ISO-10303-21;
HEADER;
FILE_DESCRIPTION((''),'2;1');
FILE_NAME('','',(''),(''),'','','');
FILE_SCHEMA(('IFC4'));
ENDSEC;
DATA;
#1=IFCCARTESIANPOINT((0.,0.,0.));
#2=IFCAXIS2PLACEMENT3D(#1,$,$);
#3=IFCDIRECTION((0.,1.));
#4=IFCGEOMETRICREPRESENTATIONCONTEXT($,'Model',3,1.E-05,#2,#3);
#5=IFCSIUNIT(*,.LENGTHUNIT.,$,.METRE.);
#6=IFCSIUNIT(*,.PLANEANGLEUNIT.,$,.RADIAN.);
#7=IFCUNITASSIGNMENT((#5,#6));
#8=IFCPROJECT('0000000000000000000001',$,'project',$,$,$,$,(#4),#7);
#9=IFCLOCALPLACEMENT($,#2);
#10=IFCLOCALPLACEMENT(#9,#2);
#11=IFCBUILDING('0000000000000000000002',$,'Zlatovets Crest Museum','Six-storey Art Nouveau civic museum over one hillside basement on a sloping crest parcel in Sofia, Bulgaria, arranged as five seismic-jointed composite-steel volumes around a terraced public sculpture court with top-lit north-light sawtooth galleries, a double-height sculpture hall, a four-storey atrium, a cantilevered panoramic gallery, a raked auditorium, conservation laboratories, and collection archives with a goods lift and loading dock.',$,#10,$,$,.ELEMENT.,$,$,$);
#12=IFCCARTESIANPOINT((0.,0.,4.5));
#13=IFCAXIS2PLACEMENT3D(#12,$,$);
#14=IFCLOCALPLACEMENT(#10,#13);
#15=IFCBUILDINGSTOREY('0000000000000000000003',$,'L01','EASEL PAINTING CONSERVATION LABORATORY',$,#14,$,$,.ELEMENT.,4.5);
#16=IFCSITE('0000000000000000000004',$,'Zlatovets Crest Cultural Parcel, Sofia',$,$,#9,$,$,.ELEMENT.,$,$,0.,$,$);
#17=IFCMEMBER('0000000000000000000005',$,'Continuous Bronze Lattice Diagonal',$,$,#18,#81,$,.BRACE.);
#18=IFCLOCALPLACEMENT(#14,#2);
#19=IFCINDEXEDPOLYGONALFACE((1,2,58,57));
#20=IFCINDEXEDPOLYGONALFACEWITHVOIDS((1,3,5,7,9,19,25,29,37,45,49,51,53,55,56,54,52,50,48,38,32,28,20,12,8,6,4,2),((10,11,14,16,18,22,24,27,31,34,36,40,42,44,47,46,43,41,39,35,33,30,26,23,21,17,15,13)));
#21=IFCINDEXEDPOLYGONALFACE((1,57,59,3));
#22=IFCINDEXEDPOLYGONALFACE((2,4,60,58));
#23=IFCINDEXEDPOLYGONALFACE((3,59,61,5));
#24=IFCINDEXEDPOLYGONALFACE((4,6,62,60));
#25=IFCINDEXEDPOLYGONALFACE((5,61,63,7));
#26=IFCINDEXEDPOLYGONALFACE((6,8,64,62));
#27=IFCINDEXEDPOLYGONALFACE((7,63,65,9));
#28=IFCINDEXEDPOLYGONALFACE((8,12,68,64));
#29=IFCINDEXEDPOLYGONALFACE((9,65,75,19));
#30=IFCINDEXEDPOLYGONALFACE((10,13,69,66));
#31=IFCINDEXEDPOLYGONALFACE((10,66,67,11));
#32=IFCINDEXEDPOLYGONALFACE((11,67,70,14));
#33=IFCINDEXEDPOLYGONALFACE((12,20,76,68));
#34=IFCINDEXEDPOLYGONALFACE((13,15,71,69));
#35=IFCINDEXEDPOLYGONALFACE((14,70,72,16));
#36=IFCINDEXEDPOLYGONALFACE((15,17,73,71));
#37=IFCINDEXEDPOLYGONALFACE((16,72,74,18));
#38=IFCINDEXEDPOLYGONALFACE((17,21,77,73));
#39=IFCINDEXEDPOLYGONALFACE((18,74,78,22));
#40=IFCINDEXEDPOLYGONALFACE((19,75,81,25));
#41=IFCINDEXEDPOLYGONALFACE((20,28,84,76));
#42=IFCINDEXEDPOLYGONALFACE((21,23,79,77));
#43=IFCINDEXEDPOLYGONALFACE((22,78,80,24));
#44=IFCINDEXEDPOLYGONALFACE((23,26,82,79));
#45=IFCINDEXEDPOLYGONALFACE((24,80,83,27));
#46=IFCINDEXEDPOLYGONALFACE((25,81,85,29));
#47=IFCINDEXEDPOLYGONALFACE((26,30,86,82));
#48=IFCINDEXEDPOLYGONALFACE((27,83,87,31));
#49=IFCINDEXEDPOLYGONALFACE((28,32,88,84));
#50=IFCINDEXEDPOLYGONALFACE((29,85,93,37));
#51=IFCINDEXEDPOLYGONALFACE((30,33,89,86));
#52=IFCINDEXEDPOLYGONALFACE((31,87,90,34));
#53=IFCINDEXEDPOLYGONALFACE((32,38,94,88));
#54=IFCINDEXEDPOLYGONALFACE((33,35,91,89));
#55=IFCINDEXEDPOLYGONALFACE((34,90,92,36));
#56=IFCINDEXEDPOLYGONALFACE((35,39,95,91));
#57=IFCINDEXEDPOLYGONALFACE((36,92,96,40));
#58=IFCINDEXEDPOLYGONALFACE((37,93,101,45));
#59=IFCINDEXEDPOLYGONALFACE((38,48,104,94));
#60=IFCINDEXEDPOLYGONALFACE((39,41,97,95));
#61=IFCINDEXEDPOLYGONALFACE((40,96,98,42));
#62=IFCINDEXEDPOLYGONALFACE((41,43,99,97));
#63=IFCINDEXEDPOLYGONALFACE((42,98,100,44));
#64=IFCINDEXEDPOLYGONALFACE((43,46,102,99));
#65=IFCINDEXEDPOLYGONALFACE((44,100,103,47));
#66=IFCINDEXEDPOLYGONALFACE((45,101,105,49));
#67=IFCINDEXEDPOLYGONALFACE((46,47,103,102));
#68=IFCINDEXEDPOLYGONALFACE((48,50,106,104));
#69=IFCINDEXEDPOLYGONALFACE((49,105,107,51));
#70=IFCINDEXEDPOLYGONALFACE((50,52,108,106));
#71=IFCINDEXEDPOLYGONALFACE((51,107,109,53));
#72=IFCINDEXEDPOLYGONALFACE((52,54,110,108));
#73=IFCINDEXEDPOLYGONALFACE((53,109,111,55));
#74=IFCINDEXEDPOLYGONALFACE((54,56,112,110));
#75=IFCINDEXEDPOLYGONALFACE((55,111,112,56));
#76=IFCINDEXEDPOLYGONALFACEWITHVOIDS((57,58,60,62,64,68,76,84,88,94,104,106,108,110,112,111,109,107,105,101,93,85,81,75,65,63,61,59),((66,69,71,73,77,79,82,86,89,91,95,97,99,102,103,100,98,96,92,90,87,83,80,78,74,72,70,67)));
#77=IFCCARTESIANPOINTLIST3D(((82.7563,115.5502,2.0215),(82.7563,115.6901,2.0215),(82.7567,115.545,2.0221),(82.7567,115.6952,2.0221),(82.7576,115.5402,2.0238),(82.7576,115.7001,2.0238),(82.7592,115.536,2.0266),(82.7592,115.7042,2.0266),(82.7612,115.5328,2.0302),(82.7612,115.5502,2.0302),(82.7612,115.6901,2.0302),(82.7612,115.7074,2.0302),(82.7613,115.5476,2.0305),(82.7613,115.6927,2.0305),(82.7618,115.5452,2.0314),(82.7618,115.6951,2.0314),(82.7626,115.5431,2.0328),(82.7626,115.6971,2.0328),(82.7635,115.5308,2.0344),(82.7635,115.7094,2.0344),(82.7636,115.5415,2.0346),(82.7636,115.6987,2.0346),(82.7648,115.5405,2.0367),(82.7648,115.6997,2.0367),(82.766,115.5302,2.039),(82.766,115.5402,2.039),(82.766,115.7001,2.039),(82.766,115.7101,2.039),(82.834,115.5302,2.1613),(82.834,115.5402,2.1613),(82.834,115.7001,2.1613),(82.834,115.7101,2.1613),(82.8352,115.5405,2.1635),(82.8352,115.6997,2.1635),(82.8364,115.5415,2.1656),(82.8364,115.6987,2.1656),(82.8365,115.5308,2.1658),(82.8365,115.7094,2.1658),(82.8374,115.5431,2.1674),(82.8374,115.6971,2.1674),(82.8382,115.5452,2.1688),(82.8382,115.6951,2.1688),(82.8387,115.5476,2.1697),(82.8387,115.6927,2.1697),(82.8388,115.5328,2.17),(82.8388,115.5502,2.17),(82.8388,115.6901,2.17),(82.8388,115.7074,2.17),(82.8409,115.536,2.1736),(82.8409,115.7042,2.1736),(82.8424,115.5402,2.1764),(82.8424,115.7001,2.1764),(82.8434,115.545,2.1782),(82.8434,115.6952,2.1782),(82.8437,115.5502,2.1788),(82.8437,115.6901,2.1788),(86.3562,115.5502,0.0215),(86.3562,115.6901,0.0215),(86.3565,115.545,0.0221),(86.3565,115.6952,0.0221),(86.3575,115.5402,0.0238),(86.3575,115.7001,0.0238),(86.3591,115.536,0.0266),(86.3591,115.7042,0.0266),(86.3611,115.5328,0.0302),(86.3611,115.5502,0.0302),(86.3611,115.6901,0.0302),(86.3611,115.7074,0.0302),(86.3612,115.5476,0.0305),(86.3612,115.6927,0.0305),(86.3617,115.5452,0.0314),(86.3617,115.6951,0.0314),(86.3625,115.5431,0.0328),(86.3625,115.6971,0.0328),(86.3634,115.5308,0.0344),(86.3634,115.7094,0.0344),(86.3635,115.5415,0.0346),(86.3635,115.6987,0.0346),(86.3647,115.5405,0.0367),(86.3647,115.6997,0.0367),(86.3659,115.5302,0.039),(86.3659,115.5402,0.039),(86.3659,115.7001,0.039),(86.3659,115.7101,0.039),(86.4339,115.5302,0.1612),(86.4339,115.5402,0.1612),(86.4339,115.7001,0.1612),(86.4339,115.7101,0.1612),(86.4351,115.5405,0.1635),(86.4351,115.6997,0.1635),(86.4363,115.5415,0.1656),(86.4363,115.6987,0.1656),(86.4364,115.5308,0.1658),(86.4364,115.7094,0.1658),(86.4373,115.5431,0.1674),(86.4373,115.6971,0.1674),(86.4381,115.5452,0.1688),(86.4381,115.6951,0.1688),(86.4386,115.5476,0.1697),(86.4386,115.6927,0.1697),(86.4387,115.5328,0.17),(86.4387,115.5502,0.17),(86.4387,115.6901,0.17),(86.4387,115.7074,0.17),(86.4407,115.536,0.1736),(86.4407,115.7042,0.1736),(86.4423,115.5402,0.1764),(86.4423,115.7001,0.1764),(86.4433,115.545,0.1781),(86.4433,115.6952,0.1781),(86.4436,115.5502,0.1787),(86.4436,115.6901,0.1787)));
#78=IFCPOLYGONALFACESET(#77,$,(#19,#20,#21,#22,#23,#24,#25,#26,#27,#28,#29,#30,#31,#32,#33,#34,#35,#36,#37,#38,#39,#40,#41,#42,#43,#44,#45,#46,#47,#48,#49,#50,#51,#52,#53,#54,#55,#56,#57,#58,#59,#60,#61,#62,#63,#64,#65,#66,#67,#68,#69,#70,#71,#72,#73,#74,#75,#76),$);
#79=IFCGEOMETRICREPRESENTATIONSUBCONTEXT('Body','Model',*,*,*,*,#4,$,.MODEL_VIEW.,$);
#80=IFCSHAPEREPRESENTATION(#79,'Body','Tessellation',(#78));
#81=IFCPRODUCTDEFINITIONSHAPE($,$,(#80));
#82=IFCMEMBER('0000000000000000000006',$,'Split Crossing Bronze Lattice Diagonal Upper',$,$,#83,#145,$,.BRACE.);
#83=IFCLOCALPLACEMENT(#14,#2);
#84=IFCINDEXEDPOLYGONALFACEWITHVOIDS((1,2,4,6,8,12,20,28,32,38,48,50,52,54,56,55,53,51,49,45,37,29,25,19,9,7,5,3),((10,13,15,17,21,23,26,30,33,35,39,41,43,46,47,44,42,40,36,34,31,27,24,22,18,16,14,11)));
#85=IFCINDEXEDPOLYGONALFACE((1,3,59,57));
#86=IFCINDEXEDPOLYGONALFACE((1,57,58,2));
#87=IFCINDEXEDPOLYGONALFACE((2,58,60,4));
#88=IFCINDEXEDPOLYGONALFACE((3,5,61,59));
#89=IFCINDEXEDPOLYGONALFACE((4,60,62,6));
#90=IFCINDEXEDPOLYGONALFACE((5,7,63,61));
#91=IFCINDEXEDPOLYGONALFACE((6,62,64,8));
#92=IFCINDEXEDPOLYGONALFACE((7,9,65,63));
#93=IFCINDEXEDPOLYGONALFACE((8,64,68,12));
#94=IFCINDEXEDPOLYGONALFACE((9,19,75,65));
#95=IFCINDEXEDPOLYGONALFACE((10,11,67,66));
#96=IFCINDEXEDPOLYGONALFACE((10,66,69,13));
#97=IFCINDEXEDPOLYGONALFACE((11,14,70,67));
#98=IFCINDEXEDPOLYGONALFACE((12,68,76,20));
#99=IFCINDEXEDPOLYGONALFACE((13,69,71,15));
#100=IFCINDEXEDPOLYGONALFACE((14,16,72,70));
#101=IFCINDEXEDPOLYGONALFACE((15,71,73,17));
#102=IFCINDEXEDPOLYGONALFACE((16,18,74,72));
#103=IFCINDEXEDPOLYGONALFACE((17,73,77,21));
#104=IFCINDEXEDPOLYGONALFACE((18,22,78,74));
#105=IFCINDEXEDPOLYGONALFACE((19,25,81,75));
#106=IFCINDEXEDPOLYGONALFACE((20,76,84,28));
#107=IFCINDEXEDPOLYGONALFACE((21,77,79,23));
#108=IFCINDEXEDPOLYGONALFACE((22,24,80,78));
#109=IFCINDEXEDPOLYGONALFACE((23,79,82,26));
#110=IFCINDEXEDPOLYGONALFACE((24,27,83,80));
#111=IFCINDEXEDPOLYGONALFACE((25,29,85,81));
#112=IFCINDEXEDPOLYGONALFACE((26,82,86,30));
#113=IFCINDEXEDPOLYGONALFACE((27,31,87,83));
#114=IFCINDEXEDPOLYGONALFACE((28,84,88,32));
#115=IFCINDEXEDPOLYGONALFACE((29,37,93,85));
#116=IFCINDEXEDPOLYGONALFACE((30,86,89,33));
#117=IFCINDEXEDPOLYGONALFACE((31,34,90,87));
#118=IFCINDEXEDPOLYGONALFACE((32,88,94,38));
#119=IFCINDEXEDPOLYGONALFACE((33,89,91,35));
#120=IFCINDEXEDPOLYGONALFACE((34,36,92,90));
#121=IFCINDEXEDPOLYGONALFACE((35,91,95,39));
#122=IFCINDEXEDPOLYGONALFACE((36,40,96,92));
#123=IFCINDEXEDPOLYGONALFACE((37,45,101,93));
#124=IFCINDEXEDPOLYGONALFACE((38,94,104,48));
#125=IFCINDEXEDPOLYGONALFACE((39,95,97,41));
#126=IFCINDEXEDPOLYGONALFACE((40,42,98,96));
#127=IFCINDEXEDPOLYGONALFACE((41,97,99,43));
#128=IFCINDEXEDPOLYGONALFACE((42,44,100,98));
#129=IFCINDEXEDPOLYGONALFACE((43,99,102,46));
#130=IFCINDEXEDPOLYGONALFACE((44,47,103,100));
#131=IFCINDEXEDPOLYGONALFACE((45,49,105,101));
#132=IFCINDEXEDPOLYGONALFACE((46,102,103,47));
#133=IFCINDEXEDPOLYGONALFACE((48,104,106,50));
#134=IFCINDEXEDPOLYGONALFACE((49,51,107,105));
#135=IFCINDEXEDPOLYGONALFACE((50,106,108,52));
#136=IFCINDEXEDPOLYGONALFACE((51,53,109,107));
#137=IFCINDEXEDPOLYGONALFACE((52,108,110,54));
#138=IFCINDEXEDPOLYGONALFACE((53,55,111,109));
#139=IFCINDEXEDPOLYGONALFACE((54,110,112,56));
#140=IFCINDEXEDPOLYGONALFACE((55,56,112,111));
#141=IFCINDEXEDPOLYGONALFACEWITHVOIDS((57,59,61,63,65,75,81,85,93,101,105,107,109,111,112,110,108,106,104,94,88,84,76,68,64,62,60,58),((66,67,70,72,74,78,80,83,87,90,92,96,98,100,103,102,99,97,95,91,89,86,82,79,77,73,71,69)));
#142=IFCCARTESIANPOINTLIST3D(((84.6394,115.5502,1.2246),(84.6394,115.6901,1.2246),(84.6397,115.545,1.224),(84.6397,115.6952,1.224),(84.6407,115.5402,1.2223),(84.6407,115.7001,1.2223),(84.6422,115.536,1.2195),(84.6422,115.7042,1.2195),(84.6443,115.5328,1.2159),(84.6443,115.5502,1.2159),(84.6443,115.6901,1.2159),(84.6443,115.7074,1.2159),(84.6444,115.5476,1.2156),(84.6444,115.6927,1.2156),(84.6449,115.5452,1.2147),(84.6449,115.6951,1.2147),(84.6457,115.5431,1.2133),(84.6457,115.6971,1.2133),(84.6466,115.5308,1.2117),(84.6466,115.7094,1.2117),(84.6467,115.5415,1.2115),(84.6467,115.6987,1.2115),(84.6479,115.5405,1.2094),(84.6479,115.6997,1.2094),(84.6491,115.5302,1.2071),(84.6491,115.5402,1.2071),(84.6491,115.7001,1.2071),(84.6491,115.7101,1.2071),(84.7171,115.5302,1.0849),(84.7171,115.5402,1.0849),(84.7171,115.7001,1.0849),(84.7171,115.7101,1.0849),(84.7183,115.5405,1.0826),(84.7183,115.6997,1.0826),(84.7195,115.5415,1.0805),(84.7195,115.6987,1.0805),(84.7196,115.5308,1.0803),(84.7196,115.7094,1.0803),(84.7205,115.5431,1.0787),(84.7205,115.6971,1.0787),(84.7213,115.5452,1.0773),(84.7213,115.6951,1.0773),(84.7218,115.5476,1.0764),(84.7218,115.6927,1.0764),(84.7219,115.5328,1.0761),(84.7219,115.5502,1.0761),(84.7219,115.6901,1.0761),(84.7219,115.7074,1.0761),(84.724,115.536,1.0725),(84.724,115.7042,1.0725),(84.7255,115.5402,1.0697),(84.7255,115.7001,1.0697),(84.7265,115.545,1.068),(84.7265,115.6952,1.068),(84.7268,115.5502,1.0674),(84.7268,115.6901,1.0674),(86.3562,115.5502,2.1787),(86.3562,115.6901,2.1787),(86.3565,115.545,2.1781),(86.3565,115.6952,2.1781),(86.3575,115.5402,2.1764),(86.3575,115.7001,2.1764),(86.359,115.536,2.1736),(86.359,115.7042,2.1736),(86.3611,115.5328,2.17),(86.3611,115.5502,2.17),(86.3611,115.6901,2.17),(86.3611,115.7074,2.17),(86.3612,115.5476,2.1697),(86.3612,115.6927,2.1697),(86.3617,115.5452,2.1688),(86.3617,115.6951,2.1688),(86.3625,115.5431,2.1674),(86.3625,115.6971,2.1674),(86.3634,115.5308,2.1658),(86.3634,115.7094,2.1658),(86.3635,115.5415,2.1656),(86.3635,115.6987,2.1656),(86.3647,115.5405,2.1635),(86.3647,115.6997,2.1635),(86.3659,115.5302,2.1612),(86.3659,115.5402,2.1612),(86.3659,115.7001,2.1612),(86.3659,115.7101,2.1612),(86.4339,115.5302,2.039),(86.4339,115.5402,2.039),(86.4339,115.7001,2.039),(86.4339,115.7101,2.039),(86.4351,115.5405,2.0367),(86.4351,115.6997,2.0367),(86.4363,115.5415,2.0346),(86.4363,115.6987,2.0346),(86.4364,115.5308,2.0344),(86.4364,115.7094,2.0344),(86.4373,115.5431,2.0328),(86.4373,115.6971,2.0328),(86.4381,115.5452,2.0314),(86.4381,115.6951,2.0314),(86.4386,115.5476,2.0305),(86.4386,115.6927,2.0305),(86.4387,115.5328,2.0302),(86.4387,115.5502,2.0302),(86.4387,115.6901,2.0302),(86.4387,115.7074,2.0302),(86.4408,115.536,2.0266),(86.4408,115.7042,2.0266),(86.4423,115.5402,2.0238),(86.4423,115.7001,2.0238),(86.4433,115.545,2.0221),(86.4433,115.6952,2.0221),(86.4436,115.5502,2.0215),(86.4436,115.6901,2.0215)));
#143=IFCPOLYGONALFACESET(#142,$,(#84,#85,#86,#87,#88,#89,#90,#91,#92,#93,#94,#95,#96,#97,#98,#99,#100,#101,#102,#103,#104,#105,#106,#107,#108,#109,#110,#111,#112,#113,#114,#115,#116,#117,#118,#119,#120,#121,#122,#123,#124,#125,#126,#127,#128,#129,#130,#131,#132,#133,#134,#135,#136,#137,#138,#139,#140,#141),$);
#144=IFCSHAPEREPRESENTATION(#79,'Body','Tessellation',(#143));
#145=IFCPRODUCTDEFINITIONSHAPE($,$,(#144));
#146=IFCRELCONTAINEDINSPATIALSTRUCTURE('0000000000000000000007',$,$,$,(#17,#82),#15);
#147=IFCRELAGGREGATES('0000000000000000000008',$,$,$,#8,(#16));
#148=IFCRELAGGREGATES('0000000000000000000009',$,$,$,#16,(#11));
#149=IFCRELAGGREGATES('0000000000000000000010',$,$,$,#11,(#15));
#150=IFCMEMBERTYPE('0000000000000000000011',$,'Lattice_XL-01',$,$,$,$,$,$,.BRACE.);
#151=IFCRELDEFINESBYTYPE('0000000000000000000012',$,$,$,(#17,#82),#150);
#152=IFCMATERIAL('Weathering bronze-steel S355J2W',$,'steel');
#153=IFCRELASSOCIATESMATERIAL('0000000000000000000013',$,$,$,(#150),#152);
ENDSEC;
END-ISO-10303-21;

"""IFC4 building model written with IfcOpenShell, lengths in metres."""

from ifc_helpers import new_model, si_unit, direction, frame, origin, origin_2d, place, context, subcontext, project, spatial, hollow_rectangle, extrude, material, material_profile, profile_set, type_object, element, save


model = new_model("IFC4")

# Units and contexts
model_context = context("Model", 3, precision=1e-05, world=origin(), true_north=direction((0.0, 1.0)))
body_context = subcontext(model_context, "Body", "Model", "MODEL_VIEW")
ifc_project = project(units=[si_unit("LENGTHUNIT", "METRE"), si_unit("PLANEANGLEUNIT", "RADIAN")], contexts=[model_context])

# Site, building, storey
site_placement = place(None, origin())
site = spatial("IfcSite", under=ifc_project, at=site_placement, Name="Zlatovets Crest Cultural Parcel, Sofia", CompositionType="ELEMENT", RefElevation=0.0)
building_placement = place(site_placement, origin())
building = spatial("IfcBuilding", under=site, at=building_placement, Name="Zlatovets Crest Museum", Description="Six-storey Art Nouveau civic museum over one hillside basement on a sloping crest parcel in Sofia, Bulgaria, arranged as five seismic-jointed composite-steel volumes around a terraced public sculpture court with top-lit north-light sawtooth galleries, a double-height sculpture hall, a four-storey atrium, a cantilevered panoramic gallery, a raked auditorium, conservation laboratories, and collection archives with a goods lift and loading dock.", CompositionType="ELEMENT")
storey_placement = place(building_placement, frame((0.0, 0.0, 4.5)))
storey = spatial("IfcBuildingStorey", under=building, at=storey_placement, Name="L01", Description="EASEL PAINTING CONSERVATION LABORATORY", CompositionType="ELEMENT", Elevation=4.5)

# Members
ifc_material_1 = material(Name="Weathering bronze-steel S355J2W", Category="steel")
ifc_material_profile_1 = material_profile(ifc_material_1, hollow_rectangle(XDim=0.1799, YDim=0.1799, WallThickness=0.01, InnerFilletRadius=0.01, OuterFilletRadius=0.02, at=origin_2d()), Name="SHS 180x180x10.0")
ifc_profile_set_1 = profile_set([ifc_material_profile_1], Name="Weathering bronze-steel S355J2W")
member_type_1 = type_object("IfcMemberType", Name="Lattice_XL-01", PredefinedType="BRACE", material=ifc_profile_set_1)
member_1_placement = place(storey_placement, frame((86.3999, 115.6201, 0.1001), z_axis=(-0.874149, 0.0, 0.485658), x_axis=(0.0, -1.0, 0.0)))
element("IfcMember", 1, at=member_1_placement, inside=storey, type_object=member_type_1, Name="Continuous Bronze Lattice Diagonal", PredefinedType="BRACE", context=body_context, shape_type="SweptSolid", body=[
    extrude(hollow_rectangle(XDim=0.1799, YDim=0.1799, WallThickness=0.01, InnerFilletRadius=0.01, OuterFilletRadius=0.02, at=origin_2d()), origin(), (0.0, 0.0, 1.0), 4.1182),
])
for number, where, z_axis, x_axis, name in (
    (2, (86.3999, 115.6201, 2.1001), (-0.874087, 0.0, -0.48577), (0.0, -1.0, 0.0), "Split Crossing Bronze Lattice Diagonal Upper"),
):
    element("IfcMember", number, at=place(storey_placement, frame(where, z_axis=z_axis, x_axis=x_axis)), inside=storey, type_object=member_type_1, Name=name, PredefinedType="BRACE", context=body_context, shape_type="SweptSolid", body=[
        extrude(hollow_rectangle(XDim=0.1799, YDim=0.1799, WallThickness=0.01, InnerFilletRadius=0.01, OuterFilletRadius=0.02, at=origin_2d()), origin(), (0.0, 0.0, 1.0), 1.9641),
    ])

save(model, "model.ifc")
